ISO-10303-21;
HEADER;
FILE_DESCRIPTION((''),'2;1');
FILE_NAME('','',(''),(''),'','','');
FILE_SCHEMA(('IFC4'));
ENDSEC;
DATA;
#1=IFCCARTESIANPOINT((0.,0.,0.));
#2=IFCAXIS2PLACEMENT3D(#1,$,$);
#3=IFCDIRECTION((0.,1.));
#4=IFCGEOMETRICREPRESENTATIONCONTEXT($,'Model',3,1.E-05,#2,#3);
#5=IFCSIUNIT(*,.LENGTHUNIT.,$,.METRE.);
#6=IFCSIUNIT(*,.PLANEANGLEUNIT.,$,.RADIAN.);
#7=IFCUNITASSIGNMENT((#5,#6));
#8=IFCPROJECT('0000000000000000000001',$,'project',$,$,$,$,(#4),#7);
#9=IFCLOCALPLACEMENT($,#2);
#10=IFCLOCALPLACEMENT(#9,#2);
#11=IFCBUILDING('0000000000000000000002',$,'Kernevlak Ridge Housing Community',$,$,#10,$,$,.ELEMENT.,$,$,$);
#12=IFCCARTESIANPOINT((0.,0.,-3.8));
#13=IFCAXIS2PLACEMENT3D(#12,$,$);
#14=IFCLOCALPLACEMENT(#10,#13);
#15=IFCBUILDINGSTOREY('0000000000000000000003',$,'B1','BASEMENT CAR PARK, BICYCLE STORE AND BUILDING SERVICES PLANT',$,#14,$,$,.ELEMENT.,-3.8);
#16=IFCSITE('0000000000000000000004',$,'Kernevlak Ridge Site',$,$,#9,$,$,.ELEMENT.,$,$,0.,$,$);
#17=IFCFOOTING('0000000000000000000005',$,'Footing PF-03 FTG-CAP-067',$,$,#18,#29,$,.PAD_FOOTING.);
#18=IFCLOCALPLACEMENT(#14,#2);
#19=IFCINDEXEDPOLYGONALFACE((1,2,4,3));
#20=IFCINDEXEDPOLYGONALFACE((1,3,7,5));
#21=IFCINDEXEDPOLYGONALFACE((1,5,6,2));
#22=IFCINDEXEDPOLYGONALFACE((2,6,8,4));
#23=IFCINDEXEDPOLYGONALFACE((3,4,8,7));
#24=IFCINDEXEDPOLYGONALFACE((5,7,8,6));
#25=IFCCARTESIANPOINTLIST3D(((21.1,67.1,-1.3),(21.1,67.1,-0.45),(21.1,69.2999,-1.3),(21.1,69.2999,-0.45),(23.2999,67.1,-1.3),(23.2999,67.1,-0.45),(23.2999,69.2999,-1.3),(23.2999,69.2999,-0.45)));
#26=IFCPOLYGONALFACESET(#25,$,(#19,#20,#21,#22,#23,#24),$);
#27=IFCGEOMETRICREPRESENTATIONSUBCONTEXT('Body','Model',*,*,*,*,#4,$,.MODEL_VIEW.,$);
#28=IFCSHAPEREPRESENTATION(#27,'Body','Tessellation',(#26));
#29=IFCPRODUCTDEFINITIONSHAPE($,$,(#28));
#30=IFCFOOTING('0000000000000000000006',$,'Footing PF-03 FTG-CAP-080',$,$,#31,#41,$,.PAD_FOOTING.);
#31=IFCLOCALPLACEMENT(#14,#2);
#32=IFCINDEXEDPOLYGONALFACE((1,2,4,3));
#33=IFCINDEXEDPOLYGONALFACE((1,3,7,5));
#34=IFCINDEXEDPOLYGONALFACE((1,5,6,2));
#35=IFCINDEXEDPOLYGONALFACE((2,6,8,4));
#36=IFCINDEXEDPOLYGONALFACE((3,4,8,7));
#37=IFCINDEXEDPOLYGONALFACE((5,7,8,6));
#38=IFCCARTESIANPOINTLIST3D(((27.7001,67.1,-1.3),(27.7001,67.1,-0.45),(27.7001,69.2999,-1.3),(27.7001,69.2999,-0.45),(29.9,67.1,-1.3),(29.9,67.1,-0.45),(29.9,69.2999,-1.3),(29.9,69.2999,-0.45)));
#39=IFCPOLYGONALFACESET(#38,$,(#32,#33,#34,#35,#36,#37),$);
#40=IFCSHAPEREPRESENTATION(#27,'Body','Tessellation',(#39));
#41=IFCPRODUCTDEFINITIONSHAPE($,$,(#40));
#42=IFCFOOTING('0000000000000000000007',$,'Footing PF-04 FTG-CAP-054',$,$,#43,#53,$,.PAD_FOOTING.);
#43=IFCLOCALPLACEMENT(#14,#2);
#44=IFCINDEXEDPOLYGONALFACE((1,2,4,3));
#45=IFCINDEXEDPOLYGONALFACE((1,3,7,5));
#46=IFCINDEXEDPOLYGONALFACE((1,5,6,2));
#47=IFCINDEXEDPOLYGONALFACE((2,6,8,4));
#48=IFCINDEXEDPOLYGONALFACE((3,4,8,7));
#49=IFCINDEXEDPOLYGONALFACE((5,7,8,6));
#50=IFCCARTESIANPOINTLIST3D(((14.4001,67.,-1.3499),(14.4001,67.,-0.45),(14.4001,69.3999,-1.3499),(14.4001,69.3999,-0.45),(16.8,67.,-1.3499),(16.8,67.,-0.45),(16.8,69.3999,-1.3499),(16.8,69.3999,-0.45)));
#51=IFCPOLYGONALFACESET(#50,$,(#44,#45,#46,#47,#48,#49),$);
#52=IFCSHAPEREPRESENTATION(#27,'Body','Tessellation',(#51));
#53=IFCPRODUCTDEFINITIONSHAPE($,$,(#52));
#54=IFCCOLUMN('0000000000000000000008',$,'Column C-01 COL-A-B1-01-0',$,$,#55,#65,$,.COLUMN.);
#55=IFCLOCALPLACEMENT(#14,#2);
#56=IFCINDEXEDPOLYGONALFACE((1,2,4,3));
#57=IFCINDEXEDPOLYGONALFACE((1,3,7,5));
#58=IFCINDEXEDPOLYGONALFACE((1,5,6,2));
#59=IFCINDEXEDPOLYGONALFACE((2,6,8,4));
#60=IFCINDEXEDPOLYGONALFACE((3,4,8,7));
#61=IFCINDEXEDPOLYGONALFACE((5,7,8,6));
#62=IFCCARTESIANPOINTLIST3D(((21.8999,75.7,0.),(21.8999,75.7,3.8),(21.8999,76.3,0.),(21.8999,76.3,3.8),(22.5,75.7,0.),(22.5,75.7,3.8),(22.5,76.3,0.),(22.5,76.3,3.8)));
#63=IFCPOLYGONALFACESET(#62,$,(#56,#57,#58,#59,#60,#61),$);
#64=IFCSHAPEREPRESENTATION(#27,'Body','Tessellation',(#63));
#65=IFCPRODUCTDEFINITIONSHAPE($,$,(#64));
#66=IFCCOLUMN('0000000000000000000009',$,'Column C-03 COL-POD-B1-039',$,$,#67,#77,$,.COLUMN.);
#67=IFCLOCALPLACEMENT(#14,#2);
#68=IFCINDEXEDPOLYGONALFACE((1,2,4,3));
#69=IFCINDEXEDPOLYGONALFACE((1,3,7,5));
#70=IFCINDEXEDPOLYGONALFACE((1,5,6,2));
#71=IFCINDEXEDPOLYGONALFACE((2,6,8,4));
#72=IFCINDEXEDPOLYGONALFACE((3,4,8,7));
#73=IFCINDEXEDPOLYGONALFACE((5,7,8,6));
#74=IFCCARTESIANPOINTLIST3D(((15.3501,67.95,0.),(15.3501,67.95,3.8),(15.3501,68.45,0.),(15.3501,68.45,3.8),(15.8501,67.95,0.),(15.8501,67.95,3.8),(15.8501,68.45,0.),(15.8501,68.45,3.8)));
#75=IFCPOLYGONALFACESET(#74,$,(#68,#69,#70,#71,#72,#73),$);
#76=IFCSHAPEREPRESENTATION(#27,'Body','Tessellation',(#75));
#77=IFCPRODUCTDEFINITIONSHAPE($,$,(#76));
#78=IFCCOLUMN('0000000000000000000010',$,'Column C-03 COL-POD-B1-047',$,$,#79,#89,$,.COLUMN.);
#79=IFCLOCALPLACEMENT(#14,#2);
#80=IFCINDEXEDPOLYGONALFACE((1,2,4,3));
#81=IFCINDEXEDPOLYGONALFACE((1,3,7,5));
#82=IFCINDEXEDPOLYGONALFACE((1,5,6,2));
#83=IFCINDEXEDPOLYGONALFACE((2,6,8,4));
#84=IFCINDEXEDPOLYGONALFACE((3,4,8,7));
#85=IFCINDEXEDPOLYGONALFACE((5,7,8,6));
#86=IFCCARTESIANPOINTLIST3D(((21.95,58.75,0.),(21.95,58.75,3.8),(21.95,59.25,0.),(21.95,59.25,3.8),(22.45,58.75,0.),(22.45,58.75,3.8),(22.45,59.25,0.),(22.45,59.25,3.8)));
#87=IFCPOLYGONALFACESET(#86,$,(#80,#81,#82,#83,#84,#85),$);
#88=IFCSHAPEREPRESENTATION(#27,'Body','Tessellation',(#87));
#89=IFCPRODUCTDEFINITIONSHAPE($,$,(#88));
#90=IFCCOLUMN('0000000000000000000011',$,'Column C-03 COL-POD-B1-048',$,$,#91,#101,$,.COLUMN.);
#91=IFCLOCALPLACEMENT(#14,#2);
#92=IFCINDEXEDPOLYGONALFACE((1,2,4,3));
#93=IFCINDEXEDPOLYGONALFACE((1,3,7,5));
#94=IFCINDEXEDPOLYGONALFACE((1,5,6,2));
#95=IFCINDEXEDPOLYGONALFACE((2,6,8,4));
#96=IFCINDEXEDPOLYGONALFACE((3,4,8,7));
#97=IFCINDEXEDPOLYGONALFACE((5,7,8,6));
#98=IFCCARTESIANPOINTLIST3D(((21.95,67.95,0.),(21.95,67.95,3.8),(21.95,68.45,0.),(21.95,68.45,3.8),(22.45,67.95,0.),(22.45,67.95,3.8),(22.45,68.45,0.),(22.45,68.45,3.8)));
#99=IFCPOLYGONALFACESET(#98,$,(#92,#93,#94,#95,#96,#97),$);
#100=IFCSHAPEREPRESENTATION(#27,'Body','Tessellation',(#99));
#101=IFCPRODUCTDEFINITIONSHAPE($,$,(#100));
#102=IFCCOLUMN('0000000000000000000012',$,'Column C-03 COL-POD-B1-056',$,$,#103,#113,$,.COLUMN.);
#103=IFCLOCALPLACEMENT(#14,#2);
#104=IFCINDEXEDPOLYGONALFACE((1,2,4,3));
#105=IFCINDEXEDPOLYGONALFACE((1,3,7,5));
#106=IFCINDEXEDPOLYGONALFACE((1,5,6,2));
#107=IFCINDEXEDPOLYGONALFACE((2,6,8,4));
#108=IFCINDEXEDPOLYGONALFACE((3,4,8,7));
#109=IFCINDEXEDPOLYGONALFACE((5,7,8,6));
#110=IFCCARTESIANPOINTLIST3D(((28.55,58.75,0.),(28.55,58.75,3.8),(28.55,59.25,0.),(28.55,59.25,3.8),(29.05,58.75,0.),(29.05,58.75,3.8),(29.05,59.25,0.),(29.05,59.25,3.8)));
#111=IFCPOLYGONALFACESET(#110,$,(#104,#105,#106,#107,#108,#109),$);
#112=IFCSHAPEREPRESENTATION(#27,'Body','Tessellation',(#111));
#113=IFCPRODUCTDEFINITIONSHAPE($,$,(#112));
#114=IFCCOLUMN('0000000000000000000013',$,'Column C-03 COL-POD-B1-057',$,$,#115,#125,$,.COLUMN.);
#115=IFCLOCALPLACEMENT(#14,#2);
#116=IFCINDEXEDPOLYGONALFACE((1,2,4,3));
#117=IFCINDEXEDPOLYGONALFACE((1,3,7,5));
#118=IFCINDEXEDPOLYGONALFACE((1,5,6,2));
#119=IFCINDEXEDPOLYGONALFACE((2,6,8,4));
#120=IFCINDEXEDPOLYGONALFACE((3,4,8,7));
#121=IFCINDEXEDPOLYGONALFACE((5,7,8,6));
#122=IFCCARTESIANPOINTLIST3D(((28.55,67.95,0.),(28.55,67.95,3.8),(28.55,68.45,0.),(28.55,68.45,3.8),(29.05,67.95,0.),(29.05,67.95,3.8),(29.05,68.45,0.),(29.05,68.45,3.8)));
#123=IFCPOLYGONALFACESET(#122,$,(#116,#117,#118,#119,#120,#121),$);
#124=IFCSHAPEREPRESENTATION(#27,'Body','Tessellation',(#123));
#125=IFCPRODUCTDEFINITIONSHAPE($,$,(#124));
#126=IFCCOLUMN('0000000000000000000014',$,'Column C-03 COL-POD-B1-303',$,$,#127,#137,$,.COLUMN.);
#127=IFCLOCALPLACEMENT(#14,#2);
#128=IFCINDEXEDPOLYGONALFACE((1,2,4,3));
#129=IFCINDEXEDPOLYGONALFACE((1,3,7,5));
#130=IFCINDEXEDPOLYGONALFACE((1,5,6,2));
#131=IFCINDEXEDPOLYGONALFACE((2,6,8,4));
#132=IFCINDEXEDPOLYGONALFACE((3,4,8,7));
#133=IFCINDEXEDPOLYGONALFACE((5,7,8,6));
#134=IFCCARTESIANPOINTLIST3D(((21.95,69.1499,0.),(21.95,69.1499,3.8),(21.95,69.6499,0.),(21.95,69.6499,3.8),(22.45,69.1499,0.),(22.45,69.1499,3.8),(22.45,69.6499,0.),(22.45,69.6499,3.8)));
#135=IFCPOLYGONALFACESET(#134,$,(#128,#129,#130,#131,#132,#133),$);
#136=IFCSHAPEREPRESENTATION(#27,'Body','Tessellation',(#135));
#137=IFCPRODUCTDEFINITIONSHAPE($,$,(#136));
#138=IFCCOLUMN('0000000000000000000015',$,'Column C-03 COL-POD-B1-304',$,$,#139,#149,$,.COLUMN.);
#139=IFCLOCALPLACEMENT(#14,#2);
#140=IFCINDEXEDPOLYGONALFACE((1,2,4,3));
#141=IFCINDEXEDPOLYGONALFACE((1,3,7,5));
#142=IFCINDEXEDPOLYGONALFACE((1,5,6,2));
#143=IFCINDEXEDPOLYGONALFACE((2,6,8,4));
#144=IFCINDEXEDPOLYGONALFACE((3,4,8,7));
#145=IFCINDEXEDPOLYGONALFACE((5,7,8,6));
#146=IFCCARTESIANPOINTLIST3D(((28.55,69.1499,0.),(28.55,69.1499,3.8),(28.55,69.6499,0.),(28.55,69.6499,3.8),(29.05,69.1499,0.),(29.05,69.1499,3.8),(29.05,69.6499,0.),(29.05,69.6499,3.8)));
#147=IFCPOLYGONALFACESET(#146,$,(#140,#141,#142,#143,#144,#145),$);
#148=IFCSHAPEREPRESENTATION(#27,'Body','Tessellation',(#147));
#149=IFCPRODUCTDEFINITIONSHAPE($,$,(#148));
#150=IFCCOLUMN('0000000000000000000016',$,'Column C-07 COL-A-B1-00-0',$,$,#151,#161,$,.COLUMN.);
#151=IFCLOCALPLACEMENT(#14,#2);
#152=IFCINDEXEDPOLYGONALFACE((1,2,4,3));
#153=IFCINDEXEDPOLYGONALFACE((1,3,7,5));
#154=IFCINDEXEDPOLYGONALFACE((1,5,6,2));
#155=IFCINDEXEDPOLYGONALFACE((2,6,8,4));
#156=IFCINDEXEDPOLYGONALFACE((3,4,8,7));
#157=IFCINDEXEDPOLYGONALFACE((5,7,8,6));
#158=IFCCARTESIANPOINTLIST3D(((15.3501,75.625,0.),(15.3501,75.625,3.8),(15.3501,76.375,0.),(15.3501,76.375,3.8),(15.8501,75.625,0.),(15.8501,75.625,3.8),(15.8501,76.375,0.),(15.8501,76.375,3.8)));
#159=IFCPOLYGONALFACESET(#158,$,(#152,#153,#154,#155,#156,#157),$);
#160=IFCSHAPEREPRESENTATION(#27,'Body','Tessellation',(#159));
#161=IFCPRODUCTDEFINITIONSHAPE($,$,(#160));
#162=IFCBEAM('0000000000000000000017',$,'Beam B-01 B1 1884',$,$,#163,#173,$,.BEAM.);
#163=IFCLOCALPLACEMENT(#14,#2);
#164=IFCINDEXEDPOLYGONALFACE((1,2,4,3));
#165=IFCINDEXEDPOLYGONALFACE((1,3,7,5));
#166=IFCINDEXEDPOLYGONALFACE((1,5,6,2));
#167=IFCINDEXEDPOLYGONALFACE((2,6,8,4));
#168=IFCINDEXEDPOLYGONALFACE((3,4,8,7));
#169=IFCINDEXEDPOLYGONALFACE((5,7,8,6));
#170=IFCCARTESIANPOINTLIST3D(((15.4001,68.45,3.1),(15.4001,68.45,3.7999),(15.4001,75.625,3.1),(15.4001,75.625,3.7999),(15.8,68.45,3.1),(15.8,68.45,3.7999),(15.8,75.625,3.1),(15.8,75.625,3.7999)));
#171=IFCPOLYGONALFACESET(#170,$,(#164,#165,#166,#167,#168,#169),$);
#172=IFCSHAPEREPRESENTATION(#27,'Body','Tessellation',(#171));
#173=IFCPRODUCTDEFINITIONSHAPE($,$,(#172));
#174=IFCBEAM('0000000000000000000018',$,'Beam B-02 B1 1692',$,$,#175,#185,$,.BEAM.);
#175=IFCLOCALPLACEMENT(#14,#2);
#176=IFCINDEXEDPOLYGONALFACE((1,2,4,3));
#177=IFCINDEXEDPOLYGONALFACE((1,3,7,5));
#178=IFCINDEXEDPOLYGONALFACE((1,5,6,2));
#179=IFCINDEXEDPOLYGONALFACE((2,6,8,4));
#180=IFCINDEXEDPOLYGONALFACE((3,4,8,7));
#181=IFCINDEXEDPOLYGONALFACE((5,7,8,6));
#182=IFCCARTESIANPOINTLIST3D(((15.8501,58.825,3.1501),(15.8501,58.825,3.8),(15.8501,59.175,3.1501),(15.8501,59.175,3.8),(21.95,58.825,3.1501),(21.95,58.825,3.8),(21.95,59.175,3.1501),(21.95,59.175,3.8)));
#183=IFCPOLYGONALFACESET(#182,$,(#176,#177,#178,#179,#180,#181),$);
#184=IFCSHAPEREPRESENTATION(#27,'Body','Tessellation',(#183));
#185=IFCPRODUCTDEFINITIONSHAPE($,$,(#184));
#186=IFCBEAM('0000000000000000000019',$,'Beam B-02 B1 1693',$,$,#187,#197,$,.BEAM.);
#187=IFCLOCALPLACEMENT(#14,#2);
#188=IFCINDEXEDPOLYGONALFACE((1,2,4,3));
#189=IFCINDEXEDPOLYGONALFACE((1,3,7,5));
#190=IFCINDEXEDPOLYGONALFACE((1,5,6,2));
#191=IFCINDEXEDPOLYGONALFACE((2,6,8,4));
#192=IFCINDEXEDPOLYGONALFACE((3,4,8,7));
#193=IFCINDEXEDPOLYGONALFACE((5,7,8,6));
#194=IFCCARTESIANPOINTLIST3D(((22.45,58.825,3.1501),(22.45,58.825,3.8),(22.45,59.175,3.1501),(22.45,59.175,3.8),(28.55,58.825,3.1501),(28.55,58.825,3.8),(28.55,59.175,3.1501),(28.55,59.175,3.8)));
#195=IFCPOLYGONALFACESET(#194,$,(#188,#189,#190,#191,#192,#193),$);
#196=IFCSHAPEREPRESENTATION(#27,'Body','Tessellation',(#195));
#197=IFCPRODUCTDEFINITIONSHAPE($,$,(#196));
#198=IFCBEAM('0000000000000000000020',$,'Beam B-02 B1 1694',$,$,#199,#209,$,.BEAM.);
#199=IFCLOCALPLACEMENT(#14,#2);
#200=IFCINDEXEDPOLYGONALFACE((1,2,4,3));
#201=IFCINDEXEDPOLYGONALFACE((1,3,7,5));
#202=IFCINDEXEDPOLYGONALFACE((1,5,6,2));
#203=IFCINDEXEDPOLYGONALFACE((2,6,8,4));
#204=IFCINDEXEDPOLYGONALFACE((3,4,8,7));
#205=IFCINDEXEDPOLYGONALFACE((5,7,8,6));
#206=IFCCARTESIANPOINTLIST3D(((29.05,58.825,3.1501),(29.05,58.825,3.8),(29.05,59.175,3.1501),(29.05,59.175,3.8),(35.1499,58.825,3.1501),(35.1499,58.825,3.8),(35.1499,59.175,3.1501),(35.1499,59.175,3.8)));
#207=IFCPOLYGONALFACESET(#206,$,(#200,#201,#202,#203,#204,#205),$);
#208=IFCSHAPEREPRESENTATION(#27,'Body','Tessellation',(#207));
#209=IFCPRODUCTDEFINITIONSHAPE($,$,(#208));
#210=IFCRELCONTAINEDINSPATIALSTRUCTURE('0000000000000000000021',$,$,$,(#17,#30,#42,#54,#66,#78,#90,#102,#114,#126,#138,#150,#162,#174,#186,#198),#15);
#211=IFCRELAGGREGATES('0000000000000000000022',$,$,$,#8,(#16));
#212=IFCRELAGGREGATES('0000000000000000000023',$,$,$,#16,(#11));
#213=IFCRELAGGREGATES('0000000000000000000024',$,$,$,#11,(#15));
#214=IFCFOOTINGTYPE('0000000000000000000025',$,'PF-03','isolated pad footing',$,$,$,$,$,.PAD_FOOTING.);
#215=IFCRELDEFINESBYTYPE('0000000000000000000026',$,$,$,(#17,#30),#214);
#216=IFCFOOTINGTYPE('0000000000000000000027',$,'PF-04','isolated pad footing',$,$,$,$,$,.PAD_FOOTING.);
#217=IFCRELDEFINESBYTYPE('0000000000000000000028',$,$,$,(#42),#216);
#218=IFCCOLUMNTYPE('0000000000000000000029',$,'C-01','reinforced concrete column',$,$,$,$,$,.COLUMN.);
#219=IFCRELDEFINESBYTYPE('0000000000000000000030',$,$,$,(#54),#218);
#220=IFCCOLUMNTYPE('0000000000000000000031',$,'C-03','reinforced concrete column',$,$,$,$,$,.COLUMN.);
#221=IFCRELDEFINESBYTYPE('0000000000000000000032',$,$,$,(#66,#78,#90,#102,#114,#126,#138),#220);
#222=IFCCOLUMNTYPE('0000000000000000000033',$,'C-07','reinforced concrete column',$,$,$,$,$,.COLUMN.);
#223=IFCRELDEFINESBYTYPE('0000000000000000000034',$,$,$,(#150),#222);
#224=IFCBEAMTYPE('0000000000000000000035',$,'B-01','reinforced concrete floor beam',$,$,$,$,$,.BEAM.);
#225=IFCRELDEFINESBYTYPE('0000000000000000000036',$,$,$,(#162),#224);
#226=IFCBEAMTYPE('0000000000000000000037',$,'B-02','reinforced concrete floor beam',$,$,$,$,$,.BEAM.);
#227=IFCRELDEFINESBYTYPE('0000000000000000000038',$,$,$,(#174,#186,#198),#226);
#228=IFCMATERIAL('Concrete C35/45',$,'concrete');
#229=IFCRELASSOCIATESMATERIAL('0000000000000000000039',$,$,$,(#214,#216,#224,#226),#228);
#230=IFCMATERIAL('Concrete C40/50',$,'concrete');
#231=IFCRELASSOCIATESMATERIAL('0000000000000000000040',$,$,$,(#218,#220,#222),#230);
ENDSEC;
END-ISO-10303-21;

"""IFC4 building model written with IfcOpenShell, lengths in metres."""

from ifc_helpers import new_model, si_unit, direction, frame, origin, origin_2d, place, context, subcontext, project, spatial, rectangle, extrude, material, material_profile, profile_set, type_object, element, save


model = new_model("IFC4")

# Units and contexts
model_context = context("Model", 3, precision=1e-05, world=origin(), true_north=direction((0.0, 1.0)))
body_context = subcontext(model_context, "Body", "Model", "MODEL_VIEW")
ifc_project = project(units=[si_unit("LENGTHUNIT", "METRE"), si_unit("PLANEANGLEUNIT", "RADIAN")], contexts=[model_context])

# Site, building, storey
site_placement = place(None, origin())
site = spatial("IfcSite", under=ifc_project, at=site_placement, Name="Kernevlak Ridge Site", CompositionType="ELEMENT", RefElevation=0.0)
building_placement = place(site_placement, origin())
building = spatial("IfcBuilding", under=site, at=building_placement, Name="Kernevlak Ridge Housing Community", CompositionType="ELEMENT")
storey_placement = place(building_placement, frame((0.0, 0.0, -3.8)))
storey = spatial("IfcBuildingStorey", under=building, at=storey_placement, Name="B1", Description="BASEMENT CAR PARK, BICYCLE STORE AND BUILDING SERVICES PLANT", CompositionType="ELEMENT", Elevation=-3.8)

# Shared definitions
ifc_material_1 = material(Name="Concrete C35/45", Category="concrete")

# Footings
footing_type_1 = type_object("IfcFootingType", Name="PF-03", Description="isolated pad footing", PredefinedType="PAD_FOOTING", material=ifc_material_1)
for number, where, z_axis, x_axis, name in (
    (1, (22.2, 68.2, -1.3), (0.0, 0.0, 1.0), (1.0, 0.0, 0.0), "Footing PF-03 FTG-CAP-067"),
    (2, (28.8, 68.2, -1.3), (0.0, 0.0, 1.0), (1.0, 0.0, 0.0), "Footing PF-03 FTG-CAP-080"),
):
    element("IfcFooting", number, at=place(storey_placement, frame(where, z_axis=z_axis, x_axis=x_axis)), inside=storey, type_object=footing_type_1, Name=name, PredefinedType="PAD_FOOTING", context=body_context, shape_type="SweptSolid", body=[
        extrude(rectangle(XDim=2.2, YDim=2.2, at=origin_2d()), origin(), (0.0, 0.0, 1.0), 0.8501),
    ])
footing_type_2 = type_object("IfcFootingType", Name="PF-04", Description="isolated pad footing", PredefinedType="PAD_FOOTING", material=ifc_material_1)
footing_1_placement = place(storey_placement, frame((15.6001, 68.2, -1.3499), z_axis=(0.0, 0.0, 1.0), x_axis=(1.0, 0.0, 0.0)))
element("IfcFooting", 3, at=footing_1_placement, inside=storey, type_object=footing_type_2, Name="Footing PF-04 FTG-CAP-054", PredefinedType="PAD_FOOTING", context=body_context, shape_type="SweptSolid", body=[
    extrude(rectangle(XDim=2.3999, YDim=2.3999, at=origin_2d()), origin(), (0.0, 0.0, 1.0), 0.8999),
])

# Columns
ifc_material_2 = material(Name="Concrete C40/50", Category="concrete")
ifc_material_profile_1 = material_profile(ifc_material_2, rectangle(XDim=0.6001, YDim=0.6001, at=origin_2d()), Name="RC 600x600")
ifc_profile_set_1 = profile_set([ifc_material_profile_1], Name="Concrete C40/50")
column_type_1 = type_object("IfcColumnType", Name="C-01", Description="reinforced concrete column", PredefinedType="COLUMN", material=ifc_profile_set_1)
column_1_placement = place(storey_placement, frame((22.2, 76.0, 0.0), z_axis=(0.0, 0.0, 1.0), x_axis=(1.0, 0.0, 0.0)))
element("IfcColumn", 4, at=column_1_placement, inside=storey, type_object=column_type_1, Name="Column C-01 COL-A-B1-01-0", PredefinedType="COLUMN", context=body_context, shape_type="SweptSolid", body=[
    extrude(rectangle(XDim=0.6001, YDim=0.6001, at=origin_2d()), origin(), (0.0, 0.0, 1.0), 3.8),
])
ifc_material_profile_2 = material_profile(ifc_material_2, rectangle(XDim=0.5, YDim=0.5, at=origin_2d()), Name="RC 500x500")
ifc_profile_set_2 = profile_set([ifc_material_profile_2], Name="Concrete C40/50")
column_type_2 = type_object("IfcColumnType", Name="C-03", Description="reinforced concrete column", PredefinedType="COLUMN", material=ifc_profile_set_2)
for number, where, z_axis, x_axis, name in (
    (5, (15.6001, 68.2, 0.0), (0.0, 0.0, 1.0), (1.0, 0.0, 0.0), "Column C-03 COL-POD-B1-039"),
    (6, (22.2, 59.0, 0.0), (0.0, 0.0, 1.0), (1.0, 0.0, 0.0), "Column C-03 COL-POD-B1-047"),
    (7, (22.2, 68.2, 0.0), (0.0, 0.0, 1.0), (1.0, 0.0, 0.0), "Column C-03 COL-POD-B1-048"),
    (8, (28.8, 59.0, 0.0), (0.0, 0.0, 1.0), (1.0, 0.0, 0.0), "Column C-03 COL-POD-B1-056"),
    (9, (28.8, 68.2, 0.0), (0.0, 0.0, 1.0), (1.0, 0.0, 0.0), "Column C-03 COL-POD-B1-057"),
    (10, (22.2, 69.3999, 0.0), (0.0, 0.0, 1.0), (1.0, 0.0, 0.0), "Column C-03 COL-POD-B1-303"),
    (11, (28.8, 69.3999, 0.0), (0.0, 0.0, 1.0), (1.0, 0.0, 0.0), "Column C-03 COL-POD-B1-304"),
):
    element("IfcColumn", number, at=place(storey_placement, frame(where, z_axis=z_axis, x_axis=x_axis)), inside=storey, type_object=column_type_2, Name=name, PredefinedType="COLUMN", context=body_context, shape_type="SweptSolid", body=[
        extrude(rectangle(XDim=0.5, YDim=0.5, at=origin_2d()), origin(), (0.0, 0.0, 1.0), 3.8),
    ])
ifc_material_profile_3 = material_profile(ifc_material_2, rectangle(XDim=0.5, YDim=0.75, at=origin_2d()), Name="RC 500x750")
ifc_profile_set_3 = profile_set([ifc_material_profile_3], Name="Concrete C40/50")
column_type_3 = type_object("IfcColumnType", Name="C-07", Description="reinforced concrete column", PredefinedType="COLUMN", material=ifc_profile_set_3)
column_2_placement = place(storey_placement, frame((15.6001, 76.0, 0.0), z_axis=(0.0, 0.0, 1.0), x_axis=(1.0, 0.0, 0.0)))
element("IfcColumn", 12, at=column_2_placement, inside=storey, type_object=column_type_3, Name="Column C-07 COL-A-B1-00-0", PredefinedType="COLUMN", context=body_context, shape_type="SweptSolid", body=[
    extrude(rectangle(XDim=0.5, YDim=0.75, at=origin_2d()), origin(), (0.0, 0.0, 1.0), 3.8),
])

# Beams
ifc_material_profile_4 = material_profile(ifc_material_1, rectangle(XDim=0.3999, YDim=0.7, at=origin_2d()), Name="RC 400x700")
ifc_profile_set_4 = profile_set([ifc_material_profile_4], Name="Concrete C35/45")
beam_type_1 = type_object("IfcBeamType", Name="B-01", Description="reinforced concrete floor beam", PredefinedType="BEAM", material=ifc_profile_set_4)
beam_1_placement = place(storey_placement, frame((15.6001, 68.45, 3.45), z_axis=(0.0, 1.0, 0.0), x_axis=(-1.0, 0.0, 0.0)))
element("IfcBeam", 13, at=beam_1_placement, inside=storey, type_object=beam_type_1, Name="Beam B-01 B1 1884", PredefinedType="BEAM", context=body_context, shape_type="SweptSolid", body=[
    extrude(rectangle(XDim=0.3999, YDim=0.7, at=origin_2d()), origin(), (0.0, 0.0, 1.0), 7.175),
])
ifc_material_profile_5 = material_profile(ifc_material_1, rectangle(XDim=0.3501, YDim=0.6499, at=origin_2d()), Name="RC 350x650")
ifc_profile_set_5 = profile_set([ifc_material_profile_5], Name="Concrete C35/45")
beam_type_2 = type_object("IfcBeamType", Name="B-02", Description="reinforced concrete floor beam", PredefinedType="BEAM", material=ifc_profile_set_5)
beam_2_placement = place(storey_placement, frame((15.8501, 59.0, 3.4751), z_axis=(1.0, 0.0, 0.0), x_axis=(0.0, 1.0, 0.0)))
element("IfcBeam", 14, at=beam_2_placement, inside=storey, type_object=beam_type_2, Name="Beam B-02 B1 1692", PredefinedType="BEAM", context=body_context, shape_type="SweptSolid", body=[
    extrude(rectangle(XDim=0.3501, YDim=0.6499, at=origin_2d()), origin(), (0.0, 0.0, 1.0), 6.0999),
])
beam_3_placement = place(storey_placement, frame((22.45, 59.0, 3.4751), z_axis=(1.0, 0.0, 0.0), x_axis=(0.0, 1.0, 0.0)))
element("IfcBeam", 15, at=beam_3_placement, inside=storey, type_object=beam_type_2, Name="Beam B-02 B1 1693", PredefinedType="BEAM", context=body_context, shape_type="SweptSolid", body=[
    extrude(rectangle(XDim=0.3501, YDim=0.6499, at=origin_2d()), origin(), (0.0, 0.0, 1.0), 6.1001),
])
for number, where, z_axis, x_axis, name in (
    (16, (29.05, 59.0, 3.4751), (1.0, 0.0, 0.0), (0.0, 1.0, 0.0), "Beam B-02 B1 1694"),
):
    element("IfcBeam", number, at=place(storey_placement, frame(where, z_axis=z_axis, x_axis=x_axis)), inside=storey, type_object=beam_type_2, Name=name, PredefinedType="BEAM", context=body_context, shape_type="SweptSolid", body=[
        extrude(rectangle(XDim=0.3501, YDim=0.6499, at=origin_2d()), origin(), (0.0, 0.0, 1.0), 6.0999),
    ])

save(model, "model.ifc")
